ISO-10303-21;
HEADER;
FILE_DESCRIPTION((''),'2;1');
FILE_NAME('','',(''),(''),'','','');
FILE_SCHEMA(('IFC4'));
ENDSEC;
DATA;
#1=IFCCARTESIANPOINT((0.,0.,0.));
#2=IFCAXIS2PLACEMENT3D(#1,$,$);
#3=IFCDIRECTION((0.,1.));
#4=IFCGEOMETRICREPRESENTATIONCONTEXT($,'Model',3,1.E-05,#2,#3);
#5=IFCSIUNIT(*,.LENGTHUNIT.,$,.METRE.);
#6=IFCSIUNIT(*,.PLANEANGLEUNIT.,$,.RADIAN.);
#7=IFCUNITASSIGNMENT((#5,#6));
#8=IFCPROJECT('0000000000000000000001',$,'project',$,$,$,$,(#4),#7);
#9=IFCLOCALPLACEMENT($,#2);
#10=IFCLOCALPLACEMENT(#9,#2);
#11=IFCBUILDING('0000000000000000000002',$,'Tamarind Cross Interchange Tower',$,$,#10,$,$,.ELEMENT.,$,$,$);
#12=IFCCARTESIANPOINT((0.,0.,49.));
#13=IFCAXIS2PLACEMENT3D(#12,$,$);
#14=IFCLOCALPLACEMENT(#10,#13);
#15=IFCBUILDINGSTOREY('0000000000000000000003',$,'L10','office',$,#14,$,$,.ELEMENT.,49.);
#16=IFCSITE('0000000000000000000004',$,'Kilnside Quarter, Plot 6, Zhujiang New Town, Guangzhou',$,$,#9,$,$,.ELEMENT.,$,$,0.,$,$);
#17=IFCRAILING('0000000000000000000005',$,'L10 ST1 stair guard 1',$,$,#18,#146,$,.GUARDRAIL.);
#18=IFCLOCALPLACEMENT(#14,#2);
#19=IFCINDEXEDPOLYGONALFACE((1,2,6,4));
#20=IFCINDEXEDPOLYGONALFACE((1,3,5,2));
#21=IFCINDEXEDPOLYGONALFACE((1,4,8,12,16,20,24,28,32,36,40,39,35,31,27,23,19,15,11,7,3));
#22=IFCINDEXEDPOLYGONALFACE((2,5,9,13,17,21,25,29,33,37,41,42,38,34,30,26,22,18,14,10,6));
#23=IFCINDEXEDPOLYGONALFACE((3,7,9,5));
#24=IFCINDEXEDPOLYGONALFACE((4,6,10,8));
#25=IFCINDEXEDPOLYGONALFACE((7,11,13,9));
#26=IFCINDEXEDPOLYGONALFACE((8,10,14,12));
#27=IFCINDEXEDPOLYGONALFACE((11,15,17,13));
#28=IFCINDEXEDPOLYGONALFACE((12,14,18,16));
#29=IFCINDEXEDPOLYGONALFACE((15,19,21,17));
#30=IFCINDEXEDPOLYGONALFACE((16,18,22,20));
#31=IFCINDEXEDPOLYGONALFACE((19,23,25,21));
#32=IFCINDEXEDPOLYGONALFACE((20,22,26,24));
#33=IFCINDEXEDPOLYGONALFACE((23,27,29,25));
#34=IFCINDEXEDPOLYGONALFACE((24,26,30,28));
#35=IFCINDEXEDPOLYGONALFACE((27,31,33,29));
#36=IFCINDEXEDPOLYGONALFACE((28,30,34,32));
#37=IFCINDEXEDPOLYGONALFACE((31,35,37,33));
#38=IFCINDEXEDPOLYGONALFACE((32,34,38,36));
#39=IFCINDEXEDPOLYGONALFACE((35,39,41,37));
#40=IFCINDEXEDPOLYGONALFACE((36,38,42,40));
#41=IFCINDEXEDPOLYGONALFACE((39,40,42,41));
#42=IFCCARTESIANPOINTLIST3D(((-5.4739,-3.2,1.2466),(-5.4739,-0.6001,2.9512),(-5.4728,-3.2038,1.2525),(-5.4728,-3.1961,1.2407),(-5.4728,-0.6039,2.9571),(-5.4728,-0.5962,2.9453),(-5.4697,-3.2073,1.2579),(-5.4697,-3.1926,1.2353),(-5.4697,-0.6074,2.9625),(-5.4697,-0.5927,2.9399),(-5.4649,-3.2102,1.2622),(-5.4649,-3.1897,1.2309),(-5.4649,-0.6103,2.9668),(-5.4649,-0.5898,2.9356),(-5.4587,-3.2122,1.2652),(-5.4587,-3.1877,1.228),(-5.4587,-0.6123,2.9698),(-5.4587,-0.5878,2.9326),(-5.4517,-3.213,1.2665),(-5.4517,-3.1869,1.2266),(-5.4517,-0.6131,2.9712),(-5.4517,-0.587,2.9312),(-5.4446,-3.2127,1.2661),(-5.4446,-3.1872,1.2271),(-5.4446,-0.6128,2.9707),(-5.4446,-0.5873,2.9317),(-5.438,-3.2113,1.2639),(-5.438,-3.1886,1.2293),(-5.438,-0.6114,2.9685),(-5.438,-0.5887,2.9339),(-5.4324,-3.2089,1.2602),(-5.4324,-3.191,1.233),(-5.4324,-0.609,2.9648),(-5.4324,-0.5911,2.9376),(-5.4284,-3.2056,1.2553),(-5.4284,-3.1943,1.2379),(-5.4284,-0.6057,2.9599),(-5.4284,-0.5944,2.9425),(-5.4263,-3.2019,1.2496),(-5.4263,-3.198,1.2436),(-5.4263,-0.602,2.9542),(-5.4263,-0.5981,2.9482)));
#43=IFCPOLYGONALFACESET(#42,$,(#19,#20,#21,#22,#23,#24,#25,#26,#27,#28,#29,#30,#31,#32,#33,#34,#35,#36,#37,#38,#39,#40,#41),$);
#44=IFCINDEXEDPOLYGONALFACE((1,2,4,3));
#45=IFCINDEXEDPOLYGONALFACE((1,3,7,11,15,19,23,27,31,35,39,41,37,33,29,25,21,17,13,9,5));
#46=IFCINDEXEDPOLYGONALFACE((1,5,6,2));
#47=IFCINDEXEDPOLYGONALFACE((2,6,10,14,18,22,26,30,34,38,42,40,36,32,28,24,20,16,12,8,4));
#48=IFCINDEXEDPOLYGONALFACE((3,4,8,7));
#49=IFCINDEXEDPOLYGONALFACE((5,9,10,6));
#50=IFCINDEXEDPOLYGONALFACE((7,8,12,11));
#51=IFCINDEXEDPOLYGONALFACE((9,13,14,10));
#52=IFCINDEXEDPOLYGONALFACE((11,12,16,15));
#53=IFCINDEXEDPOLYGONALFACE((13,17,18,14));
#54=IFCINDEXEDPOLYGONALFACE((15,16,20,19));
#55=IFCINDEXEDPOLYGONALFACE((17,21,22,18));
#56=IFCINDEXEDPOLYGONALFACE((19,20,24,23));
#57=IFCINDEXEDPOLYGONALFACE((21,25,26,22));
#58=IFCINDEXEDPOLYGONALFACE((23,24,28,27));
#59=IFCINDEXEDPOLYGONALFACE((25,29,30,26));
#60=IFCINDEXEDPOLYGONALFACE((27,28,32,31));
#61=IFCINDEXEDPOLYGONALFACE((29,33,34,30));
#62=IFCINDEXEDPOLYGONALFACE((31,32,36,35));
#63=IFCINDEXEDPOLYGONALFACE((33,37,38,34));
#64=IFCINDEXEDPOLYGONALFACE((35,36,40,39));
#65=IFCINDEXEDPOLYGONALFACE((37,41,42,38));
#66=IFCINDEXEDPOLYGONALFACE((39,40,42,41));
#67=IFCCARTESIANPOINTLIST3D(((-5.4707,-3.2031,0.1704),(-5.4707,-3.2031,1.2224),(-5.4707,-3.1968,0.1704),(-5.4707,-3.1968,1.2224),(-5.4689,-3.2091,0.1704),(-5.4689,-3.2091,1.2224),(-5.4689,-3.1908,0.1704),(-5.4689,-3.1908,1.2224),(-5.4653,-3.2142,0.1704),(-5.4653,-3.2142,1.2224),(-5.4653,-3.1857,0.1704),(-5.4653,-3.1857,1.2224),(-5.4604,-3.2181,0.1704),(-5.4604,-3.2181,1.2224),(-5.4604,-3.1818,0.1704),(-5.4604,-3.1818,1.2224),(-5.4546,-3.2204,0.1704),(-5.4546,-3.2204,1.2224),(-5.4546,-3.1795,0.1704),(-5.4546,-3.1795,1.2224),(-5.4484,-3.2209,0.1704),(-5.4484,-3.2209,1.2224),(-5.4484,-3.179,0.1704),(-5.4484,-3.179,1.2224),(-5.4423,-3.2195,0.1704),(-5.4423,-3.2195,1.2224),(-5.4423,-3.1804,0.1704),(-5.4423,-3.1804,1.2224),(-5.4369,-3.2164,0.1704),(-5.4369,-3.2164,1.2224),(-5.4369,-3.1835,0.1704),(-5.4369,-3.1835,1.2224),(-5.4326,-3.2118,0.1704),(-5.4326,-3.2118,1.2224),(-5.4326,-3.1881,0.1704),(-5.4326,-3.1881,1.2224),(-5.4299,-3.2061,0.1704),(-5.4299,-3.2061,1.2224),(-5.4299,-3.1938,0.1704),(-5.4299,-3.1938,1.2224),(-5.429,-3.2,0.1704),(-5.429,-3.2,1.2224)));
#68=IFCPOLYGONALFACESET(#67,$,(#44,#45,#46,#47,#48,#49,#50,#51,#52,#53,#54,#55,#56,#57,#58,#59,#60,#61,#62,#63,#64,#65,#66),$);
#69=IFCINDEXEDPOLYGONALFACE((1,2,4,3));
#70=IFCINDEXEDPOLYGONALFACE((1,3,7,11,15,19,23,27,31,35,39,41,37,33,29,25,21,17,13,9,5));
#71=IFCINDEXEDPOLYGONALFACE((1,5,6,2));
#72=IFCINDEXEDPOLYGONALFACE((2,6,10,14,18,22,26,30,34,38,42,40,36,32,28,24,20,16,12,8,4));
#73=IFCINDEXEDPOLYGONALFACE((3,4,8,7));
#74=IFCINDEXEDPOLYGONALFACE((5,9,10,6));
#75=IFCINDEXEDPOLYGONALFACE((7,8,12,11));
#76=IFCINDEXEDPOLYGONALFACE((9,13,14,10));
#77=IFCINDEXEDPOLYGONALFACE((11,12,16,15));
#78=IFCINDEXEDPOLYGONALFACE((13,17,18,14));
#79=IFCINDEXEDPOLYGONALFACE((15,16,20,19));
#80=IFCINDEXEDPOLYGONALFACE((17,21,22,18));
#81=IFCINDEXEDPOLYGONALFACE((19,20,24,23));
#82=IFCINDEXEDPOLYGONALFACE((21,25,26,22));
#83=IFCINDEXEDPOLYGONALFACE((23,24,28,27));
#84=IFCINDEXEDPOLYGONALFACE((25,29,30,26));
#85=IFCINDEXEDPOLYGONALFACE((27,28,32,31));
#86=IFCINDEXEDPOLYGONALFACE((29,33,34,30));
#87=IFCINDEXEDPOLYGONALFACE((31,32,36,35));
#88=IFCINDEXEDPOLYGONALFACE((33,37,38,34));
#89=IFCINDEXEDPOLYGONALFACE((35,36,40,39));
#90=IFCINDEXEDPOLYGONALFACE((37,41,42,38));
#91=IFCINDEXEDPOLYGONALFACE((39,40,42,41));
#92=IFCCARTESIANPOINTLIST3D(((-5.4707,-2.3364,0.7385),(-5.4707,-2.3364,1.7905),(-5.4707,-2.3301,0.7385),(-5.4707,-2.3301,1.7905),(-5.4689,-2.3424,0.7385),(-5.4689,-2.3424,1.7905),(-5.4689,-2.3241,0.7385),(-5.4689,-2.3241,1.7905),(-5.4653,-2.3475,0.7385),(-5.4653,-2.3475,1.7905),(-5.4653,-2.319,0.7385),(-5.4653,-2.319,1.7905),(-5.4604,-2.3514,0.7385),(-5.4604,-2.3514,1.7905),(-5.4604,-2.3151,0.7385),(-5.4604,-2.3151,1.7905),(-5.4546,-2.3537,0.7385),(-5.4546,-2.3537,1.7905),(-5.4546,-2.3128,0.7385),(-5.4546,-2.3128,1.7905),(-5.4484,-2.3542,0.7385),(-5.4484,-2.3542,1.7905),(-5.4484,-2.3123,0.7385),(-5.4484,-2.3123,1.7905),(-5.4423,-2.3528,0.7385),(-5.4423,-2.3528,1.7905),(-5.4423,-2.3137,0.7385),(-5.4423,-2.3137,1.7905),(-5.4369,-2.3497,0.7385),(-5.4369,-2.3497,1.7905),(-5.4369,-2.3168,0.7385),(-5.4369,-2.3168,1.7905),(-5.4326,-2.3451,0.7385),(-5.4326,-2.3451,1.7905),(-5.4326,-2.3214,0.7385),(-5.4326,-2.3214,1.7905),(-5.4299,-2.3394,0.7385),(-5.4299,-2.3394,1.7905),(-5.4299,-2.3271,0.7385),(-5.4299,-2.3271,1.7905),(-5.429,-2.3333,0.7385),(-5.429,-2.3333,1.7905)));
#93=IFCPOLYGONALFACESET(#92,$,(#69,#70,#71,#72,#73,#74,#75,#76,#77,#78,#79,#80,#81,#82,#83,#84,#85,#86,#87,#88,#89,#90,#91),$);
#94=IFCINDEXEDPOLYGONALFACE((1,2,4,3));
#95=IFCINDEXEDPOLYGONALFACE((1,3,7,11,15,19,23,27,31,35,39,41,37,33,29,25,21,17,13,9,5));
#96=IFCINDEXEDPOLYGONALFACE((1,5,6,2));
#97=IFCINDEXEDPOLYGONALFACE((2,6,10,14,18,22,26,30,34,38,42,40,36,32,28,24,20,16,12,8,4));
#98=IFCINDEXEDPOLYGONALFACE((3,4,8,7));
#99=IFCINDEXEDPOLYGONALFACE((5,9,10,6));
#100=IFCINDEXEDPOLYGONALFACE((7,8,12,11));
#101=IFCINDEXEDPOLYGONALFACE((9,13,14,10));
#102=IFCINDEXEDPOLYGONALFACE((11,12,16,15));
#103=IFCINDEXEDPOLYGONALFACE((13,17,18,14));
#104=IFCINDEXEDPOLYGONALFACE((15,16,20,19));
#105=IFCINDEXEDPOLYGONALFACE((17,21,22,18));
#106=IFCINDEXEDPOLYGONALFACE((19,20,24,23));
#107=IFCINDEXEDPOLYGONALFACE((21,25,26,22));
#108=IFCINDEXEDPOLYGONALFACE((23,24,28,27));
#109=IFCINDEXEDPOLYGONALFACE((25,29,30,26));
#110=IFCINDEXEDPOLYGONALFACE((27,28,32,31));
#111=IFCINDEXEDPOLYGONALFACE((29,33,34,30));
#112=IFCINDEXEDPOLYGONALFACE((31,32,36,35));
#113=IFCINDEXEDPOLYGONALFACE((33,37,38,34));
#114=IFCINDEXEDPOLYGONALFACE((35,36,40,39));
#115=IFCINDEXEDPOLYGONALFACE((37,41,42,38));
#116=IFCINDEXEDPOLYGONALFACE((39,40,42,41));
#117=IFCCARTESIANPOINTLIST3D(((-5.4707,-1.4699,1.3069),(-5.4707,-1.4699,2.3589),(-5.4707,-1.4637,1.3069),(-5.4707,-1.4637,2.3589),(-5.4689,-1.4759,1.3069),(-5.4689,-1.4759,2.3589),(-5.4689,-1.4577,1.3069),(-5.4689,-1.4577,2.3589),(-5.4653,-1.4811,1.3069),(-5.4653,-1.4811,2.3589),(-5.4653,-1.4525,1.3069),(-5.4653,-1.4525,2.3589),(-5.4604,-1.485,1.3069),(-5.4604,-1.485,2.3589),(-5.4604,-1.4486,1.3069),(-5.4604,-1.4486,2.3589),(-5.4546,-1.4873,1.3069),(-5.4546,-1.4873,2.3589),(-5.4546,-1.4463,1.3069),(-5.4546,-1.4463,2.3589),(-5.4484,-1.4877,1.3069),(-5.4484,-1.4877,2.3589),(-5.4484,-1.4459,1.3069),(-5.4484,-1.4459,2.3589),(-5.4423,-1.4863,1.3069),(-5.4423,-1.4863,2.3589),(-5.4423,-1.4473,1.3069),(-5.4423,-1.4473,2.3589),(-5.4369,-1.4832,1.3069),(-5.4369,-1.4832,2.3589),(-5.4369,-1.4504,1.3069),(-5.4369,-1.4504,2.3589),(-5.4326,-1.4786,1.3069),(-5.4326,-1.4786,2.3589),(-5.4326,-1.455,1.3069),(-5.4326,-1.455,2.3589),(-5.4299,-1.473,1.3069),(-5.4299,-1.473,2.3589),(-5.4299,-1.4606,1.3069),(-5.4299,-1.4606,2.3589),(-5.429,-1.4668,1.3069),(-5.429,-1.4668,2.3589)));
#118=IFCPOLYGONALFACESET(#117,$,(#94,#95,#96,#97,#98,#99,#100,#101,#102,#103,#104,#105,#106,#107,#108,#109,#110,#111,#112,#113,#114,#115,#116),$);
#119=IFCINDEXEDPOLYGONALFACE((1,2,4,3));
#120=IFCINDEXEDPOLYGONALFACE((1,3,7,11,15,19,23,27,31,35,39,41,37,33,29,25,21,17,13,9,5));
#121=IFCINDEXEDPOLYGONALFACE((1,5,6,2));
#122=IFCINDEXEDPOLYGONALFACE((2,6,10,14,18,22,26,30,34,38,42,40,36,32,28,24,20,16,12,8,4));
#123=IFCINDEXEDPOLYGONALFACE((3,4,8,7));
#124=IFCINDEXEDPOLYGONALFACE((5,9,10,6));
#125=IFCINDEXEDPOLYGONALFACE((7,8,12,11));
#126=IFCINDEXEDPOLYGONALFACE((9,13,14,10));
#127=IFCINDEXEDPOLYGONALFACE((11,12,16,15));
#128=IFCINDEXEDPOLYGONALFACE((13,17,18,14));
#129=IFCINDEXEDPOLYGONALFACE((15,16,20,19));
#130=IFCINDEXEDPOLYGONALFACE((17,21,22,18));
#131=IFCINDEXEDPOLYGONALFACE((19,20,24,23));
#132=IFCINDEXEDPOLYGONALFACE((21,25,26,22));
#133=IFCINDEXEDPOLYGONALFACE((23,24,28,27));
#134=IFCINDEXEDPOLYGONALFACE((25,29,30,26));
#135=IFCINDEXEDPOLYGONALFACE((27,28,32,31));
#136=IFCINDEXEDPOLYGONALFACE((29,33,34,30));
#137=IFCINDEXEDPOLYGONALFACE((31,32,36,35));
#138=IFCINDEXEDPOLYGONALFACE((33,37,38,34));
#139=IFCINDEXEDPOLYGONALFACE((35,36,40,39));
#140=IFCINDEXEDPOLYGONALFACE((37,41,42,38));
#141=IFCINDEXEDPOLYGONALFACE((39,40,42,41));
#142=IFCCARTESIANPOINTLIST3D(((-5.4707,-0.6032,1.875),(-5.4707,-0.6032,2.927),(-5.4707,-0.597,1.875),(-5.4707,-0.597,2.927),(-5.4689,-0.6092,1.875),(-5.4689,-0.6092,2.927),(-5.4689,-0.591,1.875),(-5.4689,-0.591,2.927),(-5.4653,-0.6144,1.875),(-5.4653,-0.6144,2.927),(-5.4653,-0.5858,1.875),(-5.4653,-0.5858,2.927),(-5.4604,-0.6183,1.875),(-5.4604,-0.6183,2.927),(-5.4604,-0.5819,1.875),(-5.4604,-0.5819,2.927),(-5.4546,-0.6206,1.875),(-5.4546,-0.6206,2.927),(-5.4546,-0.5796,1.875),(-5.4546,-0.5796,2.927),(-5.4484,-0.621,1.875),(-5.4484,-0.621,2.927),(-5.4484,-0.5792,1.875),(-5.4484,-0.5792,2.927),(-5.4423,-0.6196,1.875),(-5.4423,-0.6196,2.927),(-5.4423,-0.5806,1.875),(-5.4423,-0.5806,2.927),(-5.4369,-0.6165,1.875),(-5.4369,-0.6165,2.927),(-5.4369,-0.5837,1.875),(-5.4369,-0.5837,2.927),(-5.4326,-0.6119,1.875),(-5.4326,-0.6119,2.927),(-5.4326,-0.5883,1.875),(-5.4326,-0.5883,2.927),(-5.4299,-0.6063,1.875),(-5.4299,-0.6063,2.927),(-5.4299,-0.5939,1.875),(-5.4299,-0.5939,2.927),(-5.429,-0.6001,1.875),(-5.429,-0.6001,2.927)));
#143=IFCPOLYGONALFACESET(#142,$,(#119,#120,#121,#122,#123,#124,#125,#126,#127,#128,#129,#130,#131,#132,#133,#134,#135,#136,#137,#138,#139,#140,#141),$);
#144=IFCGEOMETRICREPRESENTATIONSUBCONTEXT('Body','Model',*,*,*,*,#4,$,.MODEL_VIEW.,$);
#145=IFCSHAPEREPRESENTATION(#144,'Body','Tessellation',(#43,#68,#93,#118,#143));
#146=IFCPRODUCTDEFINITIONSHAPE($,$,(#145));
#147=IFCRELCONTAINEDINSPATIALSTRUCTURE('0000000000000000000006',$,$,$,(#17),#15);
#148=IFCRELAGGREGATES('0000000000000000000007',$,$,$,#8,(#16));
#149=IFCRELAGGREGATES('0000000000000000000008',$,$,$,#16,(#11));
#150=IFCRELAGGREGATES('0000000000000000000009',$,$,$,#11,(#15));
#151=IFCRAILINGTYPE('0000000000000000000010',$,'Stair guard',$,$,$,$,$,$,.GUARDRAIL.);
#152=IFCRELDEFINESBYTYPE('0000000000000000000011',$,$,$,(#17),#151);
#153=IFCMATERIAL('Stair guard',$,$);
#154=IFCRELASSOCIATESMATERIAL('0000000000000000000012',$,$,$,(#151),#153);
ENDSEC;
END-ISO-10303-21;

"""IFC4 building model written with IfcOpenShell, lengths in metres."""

from ifc_helpers import new_model, si_unit, direction, frame, origin, origin_2d, place, context, subcontext, project, spatial, circle, extrude, material, type_object, element, save


model = new_model("IFC4")

# Units and contexts
model_context = context("Model", 3, precision=1e-05, world=origin(), true_north=direction((0.0, 1.0)))
body_context = subcontext(model_context, "Body", "Model", "MODEL_VIEW")
ifc_project = project(units=[si_unit("LENGTHUNIT", "METRE"), si_unit("PLANEANGLEUNIT", "RADIAN")], contexts=[model_context])

# Site, building, storey
site_placement = place(None, origin())
site = spatial("IfcSite", under=ifc_project, at=site_placement, Name="Kilnside Quarter, Plot 6, Zhujiang New Town, Guangzhou", CompositionType="ELEMENT", RefElevation=0.0)
building_placement = place(site_placement, origin())
building = spatial("IfcBuilding", under=site, at=building_placement, Name="Tamarind Cross Interchange Tower", CompositionType="ELEMENT")
storey_placement = place(building_placement, frame((0.0, 0.0, 49.0)))
storey = spatial("IfcBuildingStorey", under=building, at=storey_placement, Name="L10", Description="office", CompositionType="ELEMENT", Elevation=49.0)

# Railing
ifc_material_1 = material(Name="Stair guard")
railing_type_1 = type_object("IfcRailingType", Name="Stair guard", PredefinedType="GUARDRAIL", material=ifc_material_1)
railing_1_placement = place(storey_placement, frame((-5.45, -3.2, 0.1704)))
element("IfcRailing", 1, at=railing_1_placement, inside=storey, type_object=railing_type_1, Name="L10 ST1 stair guard 1", PredefinedType="GUARDRAIL", context=body_context, shape_type="SweptSolid", body=[
    extrude(circle(Radius=0.0239, at=origin_2d()), frame((0.0, 0.0, 1.0762), z_axis=(0.0, 0.836279, 0.548305), x_axis=(-1.0, 0.0, 0.0)), (0.0, 0.0, 1.0), 3.1089),
    extrude(circle(Radius=0.021, at=origin_2d()), origin(), (0.0, 0.0, 1.0), 1.052),
    extrude(circle(Radius=0.021, at=origin_2d()), frame((0.0, 0.8667, 0.5681)), (0.0, 0.0, 1.0), 1.052),
    extrude(circle(Radius=0.021, at=origin_2d()), frame((0.0, 1.7332, 1.1365)), (0.0, 0.0, 1.0), 1.052),
    extrude(circle(Radius=0.021, at=origin_2d()), frame((0.0, 2.5999, 1.7046)), (0.0, 0.0, 1.0), 1.052),
])

save(model, "model.ifc")
